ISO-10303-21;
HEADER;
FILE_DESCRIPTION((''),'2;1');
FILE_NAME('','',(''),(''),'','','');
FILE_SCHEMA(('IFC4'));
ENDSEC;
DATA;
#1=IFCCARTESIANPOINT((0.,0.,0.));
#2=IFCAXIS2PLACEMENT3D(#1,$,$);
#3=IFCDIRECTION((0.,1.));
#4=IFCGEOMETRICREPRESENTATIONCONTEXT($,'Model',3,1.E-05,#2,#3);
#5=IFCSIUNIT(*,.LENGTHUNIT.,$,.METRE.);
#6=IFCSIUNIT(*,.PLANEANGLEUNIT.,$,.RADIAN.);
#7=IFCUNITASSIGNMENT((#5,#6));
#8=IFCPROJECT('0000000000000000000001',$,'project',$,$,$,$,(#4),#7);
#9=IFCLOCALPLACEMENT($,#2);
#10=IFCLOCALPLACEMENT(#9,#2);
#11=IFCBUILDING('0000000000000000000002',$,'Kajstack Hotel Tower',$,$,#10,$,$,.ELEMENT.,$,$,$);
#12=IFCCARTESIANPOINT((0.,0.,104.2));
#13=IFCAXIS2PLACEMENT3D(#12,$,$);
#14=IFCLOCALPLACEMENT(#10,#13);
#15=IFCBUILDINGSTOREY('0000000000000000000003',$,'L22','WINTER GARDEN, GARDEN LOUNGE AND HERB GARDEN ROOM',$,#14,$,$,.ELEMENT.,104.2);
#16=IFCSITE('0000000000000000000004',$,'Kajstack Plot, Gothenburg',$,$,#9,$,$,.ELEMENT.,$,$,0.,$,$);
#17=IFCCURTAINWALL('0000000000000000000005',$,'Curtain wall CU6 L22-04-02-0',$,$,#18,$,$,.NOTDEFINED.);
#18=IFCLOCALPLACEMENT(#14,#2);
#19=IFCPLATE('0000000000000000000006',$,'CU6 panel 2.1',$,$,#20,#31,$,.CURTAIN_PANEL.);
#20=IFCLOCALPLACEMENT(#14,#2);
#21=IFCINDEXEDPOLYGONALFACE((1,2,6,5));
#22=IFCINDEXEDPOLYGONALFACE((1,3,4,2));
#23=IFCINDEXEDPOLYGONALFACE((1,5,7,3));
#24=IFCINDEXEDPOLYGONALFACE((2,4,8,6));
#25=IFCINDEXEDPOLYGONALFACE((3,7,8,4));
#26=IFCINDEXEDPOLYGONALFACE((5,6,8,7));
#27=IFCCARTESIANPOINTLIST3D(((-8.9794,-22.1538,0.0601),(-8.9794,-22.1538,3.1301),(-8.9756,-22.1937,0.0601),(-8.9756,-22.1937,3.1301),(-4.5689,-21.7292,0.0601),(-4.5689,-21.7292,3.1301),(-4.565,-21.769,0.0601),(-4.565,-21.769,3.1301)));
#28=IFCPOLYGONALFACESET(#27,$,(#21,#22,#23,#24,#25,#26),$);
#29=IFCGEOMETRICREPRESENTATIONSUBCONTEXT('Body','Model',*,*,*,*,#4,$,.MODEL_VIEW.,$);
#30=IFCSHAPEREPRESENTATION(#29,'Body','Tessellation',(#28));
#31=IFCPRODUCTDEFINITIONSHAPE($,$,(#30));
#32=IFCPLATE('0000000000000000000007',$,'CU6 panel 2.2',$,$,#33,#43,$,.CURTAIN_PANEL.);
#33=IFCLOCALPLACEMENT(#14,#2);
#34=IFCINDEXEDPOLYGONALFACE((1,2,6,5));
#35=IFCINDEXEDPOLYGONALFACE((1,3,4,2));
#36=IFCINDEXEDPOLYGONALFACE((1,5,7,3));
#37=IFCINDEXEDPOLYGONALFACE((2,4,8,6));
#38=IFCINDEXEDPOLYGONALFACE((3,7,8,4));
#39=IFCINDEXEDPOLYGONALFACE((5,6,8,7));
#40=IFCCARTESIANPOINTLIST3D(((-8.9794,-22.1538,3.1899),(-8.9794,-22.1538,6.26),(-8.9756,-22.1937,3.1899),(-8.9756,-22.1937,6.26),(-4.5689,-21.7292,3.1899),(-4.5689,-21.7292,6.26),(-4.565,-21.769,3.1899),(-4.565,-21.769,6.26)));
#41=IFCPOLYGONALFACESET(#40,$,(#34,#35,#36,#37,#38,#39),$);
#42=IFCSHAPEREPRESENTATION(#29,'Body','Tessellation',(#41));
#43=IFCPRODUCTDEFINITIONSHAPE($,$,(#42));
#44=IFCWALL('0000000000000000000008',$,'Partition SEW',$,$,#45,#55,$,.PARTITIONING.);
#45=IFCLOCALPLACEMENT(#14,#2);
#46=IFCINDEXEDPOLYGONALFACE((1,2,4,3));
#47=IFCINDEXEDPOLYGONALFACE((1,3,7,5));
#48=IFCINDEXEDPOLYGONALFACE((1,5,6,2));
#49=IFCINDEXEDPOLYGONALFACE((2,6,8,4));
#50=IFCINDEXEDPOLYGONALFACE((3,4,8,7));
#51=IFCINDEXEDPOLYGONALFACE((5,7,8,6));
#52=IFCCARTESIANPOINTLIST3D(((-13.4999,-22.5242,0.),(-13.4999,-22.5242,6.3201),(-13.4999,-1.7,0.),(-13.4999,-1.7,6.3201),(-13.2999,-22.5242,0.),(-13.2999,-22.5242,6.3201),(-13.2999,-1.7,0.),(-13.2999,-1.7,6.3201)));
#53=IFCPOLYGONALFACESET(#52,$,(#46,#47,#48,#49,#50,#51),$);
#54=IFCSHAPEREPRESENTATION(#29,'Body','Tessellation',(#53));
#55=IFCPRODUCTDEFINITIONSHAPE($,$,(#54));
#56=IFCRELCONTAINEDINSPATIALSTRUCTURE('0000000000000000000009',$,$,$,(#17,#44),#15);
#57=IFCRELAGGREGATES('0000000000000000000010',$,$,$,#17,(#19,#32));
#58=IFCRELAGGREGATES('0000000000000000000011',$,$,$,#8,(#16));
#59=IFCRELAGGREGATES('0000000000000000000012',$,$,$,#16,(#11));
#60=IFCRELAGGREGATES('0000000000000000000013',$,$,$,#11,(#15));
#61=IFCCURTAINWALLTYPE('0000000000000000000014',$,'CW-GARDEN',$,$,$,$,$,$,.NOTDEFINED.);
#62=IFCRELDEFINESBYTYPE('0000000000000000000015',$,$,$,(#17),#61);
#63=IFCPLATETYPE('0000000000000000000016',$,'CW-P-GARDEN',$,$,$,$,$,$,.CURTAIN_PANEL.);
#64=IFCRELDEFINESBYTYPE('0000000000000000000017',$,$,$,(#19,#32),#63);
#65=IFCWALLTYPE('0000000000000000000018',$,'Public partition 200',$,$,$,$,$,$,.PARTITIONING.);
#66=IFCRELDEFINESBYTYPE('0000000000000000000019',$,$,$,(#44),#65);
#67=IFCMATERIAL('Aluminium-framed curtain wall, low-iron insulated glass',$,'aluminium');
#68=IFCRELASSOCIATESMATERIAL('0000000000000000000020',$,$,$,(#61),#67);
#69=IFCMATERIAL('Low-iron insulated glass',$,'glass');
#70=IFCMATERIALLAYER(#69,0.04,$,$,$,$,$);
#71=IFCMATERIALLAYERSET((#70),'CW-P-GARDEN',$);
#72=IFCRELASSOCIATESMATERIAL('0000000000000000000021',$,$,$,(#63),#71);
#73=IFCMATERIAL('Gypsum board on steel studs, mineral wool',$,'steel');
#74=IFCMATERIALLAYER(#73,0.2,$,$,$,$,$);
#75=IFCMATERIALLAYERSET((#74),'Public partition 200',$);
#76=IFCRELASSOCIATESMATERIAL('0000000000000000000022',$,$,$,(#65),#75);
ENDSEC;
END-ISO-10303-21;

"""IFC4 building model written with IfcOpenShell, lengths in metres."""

from ifc_helpers import new_model, si_unit, direction, frame, frame_2d, origin, origin_2d, place, context, subcontext, project, spatial, rectangle, extrude, material, layer, layer_set, type_object, element, aggregate, save


model = new_model("IFC4")

# Units and contexts
model_context = context("Model", 3, precision=1e-05, world=origin(), true_north=direction((0.0, 1.0)))
body_context = subcontext(model_context, "Body", "Model", "MODEL_VIEW")
ifc_project = project(units=[si_unit("LENGTHUNIT", "METRE"), si_unit("PLANEANGLEUNIT", "RADIAN")], contexts=[model_context])

# Site, building, storey
site_placement = place(None, origin())
site = spatial("IfcSite", under=ifc_project, at=site_placement, Name="Kajstack Plot, Gothenburg", CompositionType="ELEMENT", RefElevation=0.0)
building_placement = place(site_placement, origin())
building = spatial("IfcBuilding", under=site, at=building_placement, Name="Kajstack Hotel Tower", CompositionType="ELEMENT")
storey_placement = place(building_placement, frame((0.0, 0.0, 104.2)))
storey = spatial("IfcBuildingStorey", under=building, at=storey_placement, Name="L22", Description="WINTER GARDEN, GARDEN LOUNGE AND HERB GARDEN ROOM", CompositionType="ELEMENT", Elevation=104.2)

# Curtain wall
ifc_material_1 = material(Name="Aluminium-framed curtain wall, low-iron insulated glass", Category="aluminium")
curtain_wall_type = type_object("IfcCurtainWallType", Name="CW-GARDEN", PredefinedType="NOTDEFINED", material=ifc_material_1)
curtain_wall_1_placement = place(storey_placement, origin())
curtain_wall_1 = element("IfcCurtainWall", 1, at=curtain_wall_1_placement, inside=storey, type_object=curtain_wall_type, Name="Curtain wall CU6 L22-04-02-0", PredefinedType="NOTDEFINED")

# Plates
ifc_material_2 = material(Name="Low-iron insulated glass", Category="glass")
ifc_layer_1 = layer(ifc_material_2, 0.04)
ifc_layer_set_1 = layer_set([ifc_layer_1], Name="CW-P-GARDEN")
plate_type = type_object("IfcPlateType", Name="CW-P-GARDEN", PredefinedType="CURTAIN_PANEL", material=ifc_layer_set_1)
plate_1_placement = place(storey_placement, frame((-6.7722, -21.9614, 0.0601), z_axis=(0.0, 0.0, 1.0), x_axis=(0.995396, 0.095846, 0.0)))
plate_1 = element("IfcPlate", 2, at=plate_1_placement, type_object=plate_type, Name="CU6 panel 2.1", PredefinedType="CURTAIN_PANEL", context=body_context, shape_type="SweptSolid", body=[
    extrude(rectangle(XDim=4.4309, YDim=0.04, at=origin_2d()), origin(), (0.0, 0.0, 1.0), 3.0701),
])
plate_2_placement = place(storey_placement, frame((-6.7722, -21.9614, 3.1899), z_axis=(0.0, 0.0, 1.0), x_axis=(0.995396, 0.095846, 0.0)))
plate_2 = element("IfcPlate", 3, at=plate_2_placement, type_object=plate_type, Name="CU6 panel 2.2", PredefinedType="CURTAIN_PANEL", context=body_context, shape_type="SweptSolid", body=[
    extrude(rectangle(XDim=4.4309, YDim=0.04, at=origin_2d()), origin(), (0.0, 0.0, 1.0), 3.0701),
])
aggregate(curtain_wall_1, [plate_1, plate_2])

# Wall
ifc_material_3 = material(Name="Gypsum board on steel studs, mineral wool", Category="steel")
ifc_layer_2 = layer(ifc_material_3, 0.2)
ifc_layer_set_2 = layer_set([ifc_layer_2], Name="Public partition 200")
wall_type = type_object("IfcWallType", Name="Public partition 200", PredefinedType="PARTITIONING", material=ifc_layer_set_2)
wall_placement = place(storey_placement, frame((-13.3999, -22.5242, 0.0), z_axis=(0.0, 0.0, 1.0), x_axis=(0.0, 1.0, 0.0)))
element("IfcWall", 4, at=wall_placement, inside=storey, type_object=wall_type, Name="Partition SEW", PredefinedType="PARTITIONING", context=body_context, shape_type="SweptSolid", body=[
    extrude(rectangle(XDim=20.8242, YDim=0.2, at=frame_2d((10.4121, 0.0))), origin(), (0.0, 0.0, 1.0), 6.3201),
])

save(model, "model.ifc")
